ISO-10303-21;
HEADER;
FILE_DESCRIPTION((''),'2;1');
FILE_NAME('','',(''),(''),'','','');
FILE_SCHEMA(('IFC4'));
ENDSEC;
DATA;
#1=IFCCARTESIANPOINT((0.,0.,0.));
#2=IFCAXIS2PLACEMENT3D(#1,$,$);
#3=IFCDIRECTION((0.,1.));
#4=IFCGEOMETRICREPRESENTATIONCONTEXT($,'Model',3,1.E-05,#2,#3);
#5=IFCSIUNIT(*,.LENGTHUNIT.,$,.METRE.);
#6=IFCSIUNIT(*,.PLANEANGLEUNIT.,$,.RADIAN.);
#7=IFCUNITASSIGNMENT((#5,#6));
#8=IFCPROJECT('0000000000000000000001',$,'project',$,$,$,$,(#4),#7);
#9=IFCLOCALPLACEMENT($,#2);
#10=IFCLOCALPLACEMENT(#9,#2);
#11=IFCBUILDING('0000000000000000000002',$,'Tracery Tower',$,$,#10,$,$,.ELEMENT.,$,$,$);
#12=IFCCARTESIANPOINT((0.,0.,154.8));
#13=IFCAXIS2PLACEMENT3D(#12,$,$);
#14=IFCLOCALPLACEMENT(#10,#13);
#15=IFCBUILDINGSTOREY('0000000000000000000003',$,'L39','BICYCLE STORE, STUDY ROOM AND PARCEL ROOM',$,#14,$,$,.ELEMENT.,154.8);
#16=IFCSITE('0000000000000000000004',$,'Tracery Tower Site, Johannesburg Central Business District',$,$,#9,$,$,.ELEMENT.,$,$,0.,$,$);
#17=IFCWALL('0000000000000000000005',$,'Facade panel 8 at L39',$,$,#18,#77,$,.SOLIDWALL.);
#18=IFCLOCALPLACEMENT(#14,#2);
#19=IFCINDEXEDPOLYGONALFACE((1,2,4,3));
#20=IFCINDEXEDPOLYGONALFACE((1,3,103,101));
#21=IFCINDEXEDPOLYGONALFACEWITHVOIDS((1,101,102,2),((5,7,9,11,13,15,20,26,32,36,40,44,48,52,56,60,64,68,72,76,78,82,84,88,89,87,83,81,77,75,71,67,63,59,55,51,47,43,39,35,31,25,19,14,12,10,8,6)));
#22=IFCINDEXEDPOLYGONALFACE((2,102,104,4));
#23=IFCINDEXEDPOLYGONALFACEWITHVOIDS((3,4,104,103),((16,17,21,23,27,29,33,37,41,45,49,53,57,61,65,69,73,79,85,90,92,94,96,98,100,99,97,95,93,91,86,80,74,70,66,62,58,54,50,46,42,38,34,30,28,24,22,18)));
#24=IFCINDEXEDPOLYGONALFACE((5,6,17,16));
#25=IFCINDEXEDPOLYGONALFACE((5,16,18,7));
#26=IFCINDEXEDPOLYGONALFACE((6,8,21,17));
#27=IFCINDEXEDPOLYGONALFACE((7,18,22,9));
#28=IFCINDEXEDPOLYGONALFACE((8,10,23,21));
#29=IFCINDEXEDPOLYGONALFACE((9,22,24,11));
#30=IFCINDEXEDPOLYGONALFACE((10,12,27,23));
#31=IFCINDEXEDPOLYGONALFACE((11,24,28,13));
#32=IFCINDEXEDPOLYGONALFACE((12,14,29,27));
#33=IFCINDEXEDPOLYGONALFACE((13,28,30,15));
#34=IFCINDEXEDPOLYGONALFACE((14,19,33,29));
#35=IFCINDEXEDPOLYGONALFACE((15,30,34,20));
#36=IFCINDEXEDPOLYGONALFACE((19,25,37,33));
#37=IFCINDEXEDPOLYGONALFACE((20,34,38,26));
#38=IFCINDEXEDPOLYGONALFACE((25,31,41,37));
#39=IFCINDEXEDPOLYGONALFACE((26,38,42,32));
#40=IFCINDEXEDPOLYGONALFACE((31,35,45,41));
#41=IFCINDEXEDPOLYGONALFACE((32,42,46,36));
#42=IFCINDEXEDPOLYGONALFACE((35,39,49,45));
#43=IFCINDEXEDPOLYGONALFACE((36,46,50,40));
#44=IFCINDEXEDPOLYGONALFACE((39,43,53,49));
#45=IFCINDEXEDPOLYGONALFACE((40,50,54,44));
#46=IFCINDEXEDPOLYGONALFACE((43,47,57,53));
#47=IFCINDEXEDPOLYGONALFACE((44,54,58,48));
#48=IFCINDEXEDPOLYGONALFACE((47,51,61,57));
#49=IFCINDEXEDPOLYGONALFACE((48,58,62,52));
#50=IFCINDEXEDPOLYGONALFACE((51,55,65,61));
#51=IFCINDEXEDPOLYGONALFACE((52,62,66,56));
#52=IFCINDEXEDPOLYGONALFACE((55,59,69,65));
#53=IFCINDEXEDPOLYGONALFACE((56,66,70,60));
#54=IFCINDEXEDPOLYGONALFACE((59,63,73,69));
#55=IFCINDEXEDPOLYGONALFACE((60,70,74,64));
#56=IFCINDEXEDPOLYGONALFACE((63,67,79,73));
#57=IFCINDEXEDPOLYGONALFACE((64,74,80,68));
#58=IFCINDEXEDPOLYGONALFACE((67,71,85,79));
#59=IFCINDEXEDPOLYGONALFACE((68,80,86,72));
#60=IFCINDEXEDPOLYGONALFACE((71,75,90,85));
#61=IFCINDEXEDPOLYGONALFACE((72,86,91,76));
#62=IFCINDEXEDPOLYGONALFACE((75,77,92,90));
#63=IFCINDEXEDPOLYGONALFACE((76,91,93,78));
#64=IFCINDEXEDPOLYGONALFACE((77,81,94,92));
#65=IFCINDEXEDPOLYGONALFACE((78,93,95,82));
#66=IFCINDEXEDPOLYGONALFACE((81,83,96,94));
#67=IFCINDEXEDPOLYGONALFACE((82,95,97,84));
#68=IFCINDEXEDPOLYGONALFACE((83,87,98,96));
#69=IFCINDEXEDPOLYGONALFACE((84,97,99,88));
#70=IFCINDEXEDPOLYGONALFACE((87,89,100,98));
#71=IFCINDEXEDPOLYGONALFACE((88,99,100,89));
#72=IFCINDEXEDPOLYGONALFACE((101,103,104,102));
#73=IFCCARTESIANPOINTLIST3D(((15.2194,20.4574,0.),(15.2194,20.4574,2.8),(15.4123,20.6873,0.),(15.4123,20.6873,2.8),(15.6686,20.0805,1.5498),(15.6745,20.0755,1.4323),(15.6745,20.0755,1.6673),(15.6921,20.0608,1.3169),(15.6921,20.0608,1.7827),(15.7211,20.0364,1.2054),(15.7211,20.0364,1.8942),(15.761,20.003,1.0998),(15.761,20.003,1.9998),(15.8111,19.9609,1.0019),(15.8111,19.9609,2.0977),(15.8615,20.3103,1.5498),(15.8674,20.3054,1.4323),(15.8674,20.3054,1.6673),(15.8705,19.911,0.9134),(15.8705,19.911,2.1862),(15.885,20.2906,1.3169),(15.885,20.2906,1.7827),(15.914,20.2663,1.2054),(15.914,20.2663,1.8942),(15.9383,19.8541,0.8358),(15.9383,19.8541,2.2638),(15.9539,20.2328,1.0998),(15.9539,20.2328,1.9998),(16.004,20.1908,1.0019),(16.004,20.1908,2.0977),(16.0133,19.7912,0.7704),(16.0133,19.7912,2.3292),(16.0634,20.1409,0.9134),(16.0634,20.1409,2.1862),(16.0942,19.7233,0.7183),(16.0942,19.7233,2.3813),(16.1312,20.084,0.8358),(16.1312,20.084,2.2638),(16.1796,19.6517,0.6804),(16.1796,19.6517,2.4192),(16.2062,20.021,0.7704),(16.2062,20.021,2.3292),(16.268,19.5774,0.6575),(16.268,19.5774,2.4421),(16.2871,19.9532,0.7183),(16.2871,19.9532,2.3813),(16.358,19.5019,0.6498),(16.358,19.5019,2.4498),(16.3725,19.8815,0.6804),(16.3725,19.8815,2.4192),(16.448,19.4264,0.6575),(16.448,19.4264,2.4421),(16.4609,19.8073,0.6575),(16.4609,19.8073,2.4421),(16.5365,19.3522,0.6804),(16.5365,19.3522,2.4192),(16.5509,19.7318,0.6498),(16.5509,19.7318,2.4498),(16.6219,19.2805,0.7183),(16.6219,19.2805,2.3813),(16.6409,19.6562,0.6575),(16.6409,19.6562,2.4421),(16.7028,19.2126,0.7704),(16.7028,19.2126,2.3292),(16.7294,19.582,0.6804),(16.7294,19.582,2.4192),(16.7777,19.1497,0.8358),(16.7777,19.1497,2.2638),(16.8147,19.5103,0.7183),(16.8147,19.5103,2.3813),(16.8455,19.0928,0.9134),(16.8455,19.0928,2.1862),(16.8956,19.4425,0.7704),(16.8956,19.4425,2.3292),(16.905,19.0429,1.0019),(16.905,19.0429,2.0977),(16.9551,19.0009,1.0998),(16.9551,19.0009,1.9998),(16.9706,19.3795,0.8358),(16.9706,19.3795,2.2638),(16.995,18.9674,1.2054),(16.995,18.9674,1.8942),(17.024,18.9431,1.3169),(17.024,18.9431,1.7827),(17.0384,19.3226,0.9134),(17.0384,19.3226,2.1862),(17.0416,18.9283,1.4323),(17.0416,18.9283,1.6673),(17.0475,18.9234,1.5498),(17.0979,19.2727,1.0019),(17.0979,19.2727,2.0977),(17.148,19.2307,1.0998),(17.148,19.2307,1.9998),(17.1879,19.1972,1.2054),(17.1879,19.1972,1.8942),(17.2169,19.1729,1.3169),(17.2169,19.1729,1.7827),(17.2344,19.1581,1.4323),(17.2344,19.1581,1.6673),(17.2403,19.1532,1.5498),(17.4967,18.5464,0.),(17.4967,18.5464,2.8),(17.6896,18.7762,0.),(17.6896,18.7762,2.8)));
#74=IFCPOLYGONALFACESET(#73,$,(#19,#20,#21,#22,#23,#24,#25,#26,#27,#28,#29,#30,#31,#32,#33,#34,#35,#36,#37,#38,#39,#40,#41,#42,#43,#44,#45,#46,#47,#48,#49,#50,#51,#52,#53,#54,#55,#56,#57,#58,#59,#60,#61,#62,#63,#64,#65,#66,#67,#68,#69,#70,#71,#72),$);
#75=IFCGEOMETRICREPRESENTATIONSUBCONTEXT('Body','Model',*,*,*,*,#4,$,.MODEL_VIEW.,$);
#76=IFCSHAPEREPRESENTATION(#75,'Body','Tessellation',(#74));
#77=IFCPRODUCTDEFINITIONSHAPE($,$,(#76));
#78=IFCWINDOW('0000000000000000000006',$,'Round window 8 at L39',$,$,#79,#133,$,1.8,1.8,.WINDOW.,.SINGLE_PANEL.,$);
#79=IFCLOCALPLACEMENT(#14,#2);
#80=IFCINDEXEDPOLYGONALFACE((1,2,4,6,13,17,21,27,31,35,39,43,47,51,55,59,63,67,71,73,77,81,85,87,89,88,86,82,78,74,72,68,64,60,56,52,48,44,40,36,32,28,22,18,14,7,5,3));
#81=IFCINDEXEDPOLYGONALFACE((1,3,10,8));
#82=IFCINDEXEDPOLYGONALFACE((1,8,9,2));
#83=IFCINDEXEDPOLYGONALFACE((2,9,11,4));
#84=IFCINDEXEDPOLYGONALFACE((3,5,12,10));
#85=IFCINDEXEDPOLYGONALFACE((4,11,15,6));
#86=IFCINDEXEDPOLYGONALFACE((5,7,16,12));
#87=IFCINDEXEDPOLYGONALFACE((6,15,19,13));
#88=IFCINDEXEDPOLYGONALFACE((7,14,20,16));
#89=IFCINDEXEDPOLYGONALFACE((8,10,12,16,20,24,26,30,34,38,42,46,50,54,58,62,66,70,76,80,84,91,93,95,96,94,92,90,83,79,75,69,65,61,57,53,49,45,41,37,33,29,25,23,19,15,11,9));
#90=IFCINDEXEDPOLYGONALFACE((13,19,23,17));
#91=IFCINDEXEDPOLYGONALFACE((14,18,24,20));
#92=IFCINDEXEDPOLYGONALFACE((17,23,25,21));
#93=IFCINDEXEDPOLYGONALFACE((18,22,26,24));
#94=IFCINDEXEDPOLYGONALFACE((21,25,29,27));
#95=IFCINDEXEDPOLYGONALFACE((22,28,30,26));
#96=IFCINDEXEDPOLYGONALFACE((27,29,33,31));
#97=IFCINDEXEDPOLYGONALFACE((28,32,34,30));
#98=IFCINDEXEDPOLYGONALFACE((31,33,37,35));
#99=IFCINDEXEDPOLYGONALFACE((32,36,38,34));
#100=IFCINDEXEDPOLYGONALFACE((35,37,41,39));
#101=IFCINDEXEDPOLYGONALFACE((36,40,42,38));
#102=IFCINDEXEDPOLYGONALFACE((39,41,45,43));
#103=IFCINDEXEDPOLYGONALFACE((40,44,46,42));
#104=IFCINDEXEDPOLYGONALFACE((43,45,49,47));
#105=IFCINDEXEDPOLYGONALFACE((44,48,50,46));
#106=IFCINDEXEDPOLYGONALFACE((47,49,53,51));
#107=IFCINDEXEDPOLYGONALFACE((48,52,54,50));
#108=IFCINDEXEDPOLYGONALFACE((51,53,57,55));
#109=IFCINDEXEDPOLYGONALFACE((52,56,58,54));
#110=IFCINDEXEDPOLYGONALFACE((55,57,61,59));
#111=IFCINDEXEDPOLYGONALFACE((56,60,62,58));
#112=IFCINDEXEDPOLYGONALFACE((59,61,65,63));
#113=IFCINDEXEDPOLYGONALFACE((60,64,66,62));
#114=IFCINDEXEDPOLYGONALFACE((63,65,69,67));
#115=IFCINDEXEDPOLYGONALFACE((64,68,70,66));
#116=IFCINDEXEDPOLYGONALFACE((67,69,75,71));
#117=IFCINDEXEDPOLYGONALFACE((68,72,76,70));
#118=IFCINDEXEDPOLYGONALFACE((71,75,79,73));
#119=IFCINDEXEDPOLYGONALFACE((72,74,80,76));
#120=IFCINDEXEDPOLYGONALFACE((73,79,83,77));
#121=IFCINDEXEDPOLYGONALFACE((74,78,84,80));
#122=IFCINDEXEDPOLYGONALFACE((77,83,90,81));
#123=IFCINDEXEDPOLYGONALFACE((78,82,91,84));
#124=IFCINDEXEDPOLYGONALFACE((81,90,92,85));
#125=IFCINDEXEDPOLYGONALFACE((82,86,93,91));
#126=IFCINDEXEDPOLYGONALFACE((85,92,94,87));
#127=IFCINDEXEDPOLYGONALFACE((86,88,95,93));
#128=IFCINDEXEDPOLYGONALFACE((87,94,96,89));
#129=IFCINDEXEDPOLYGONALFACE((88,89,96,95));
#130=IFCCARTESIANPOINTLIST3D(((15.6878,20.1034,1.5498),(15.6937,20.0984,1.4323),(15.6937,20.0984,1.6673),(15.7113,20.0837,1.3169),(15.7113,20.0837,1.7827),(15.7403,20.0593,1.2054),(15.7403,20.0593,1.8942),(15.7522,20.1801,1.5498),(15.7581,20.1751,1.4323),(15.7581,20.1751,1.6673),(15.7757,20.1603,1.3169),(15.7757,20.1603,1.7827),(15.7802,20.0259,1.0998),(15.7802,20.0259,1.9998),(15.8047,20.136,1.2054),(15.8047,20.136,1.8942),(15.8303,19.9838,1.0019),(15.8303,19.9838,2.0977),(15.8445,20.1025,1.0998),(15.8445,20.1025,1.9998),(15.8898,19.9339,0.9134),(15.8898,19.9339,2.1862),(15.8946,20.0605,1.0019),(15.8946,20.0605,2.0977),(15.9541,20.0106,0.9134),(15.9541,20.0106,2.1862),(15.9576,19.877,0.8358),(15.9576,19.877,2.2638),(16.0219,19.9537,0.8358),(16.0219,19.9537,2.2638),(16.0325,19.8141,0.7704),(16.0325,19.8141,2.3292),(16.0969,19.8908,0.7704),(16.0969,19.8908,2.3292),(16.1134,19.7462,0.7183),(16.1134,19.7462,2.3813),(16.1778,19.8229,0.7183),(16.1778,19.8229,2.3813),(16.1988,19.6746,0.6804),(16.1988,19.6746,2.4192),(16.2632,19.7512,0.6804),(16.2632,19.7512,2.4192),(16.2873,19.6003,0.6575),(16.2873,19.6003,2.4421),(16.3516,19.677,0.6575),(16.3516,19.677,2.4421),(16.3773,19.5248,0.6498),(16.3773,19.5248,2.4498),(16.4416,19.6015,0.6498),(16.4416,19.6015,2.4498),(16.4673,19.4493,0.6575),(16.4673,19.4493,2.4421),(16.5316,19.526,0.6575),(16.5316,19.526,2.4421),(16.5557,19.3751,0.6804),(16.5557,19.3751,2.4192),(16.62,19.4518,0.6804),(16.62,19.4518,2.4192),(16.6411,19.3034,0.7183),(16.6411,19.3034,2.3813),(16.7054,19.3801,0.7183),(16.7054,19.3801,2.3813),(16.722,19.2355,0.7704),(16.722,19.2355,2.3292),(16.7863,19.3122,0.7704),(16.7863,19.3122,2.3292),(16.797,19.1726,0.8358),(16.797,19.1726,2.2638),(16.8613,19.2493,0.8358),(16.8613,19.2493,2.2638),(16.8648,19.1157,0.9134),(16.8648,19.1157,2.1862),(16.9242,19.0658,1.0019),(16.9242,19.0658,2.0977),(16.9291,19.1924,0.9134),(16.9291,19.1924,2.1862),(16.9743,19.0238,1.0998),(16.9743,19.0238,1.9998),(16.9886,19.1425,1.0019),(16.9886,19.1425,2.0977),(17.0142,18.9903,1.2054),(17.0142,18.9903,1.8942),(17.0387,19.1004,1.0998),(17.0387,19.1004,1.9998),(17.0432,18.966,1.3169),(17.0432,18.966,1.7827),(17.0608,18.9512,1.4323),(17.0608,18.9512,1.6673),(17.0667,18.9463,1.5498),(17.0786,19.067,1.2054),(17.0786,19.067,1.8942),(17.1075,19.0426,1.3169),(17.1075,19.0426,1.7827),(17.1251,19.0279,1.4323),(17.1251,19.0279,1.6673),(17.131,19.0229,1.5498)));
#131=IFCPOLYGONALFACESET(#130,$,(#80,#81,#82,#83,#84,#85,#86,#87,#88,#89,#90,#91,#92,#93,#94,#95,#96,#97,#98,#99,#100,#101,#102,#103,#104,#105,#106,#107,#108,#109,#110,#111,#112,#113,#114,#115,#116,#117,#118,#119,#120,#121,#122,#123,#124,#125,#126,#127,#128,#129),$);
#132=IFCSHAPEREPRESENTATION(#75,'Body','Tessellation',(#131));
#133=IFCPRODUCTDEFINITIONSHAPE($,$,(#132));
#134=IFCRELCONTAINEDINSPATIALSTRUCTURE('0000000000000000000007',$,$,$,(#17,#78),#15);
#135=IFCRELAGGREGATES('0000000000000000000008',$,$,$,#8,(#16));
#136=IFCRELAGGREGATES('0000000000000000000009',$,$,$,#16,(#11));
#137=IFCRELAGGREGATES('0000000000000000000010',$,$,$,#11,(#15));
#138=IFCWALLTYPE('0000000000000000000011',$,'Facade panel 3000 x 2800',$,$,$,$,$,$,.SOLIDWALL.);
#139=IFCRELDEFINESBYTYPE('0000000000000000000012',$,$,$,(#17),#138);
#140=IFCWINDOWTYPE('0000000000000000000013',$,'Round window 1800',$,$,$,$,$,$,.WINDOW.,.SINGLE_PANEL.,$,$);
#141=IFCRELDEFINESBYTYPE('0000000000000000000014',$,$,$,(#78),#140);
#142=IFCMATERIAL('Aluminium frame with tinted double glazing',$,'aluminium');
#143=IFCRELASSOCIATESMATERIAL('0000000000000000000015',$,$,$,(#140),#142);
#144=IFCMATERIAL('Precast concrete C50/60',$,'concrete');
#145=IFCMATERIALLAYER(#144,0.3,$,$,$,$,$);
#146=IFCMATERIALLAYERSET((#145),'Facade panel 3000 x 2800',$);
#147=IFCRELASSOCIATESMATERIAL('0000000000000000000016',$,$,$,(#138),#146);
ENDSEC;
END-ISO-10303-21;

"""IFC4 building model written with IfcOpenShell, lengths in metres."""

from ifc_helpers import new_model, si_unit, direction, frame, frame_2d, origin, origin_2d, place, context, subcontext, project, spatial, rectangle, circle, extrude, material, layer, layer_set, type_object, element, fill, save


model = new_model("IFC4")

# Units and contexts
model_context = context("Model", 3, precision=1e-05, world=origin(), true_north=direction((0.0, 1.0)))
body_context = subcontext(model_context, "Body", "Model", "MODEL_VIEW")
ifc_project = project(units=[si_unit("LENGTHUNIT", "METRE"), si_unit("PLANEANGLEUNIT", "RADIAN")], contexts=[model_context])

# Site, building, storey
site_placement = place(None, origin())
site = spatial("IfcSite", under=ifc_project, at=site_placement, Name="Tracery Tower Site, Johannesburg Central Business District", CompositionType="ELEMENT", RefElevation=0.0)
building_placement = place(site_placement, origin())
building = spatial("IfcBuilding", under=site, at=building_placement, Name="Tracery Tower", CompositionType="ELEMENT")
storey_placement = place(building_placement, frame((0.0, 0.0, 154.8)))
storey = spatial("IfcBuildingStorey", under=building, at=storey_placement, Name="L39", Description="BICYCLE STORE, STUDY ROOM AND PARCEL ROOM", CompositionType="ELEMENT", Elevation=154.8)

# Wall, opening, window
ifc_material_1 = material(Name="Aluminium frame with tinted double glazing", Category="aluminium")
window_type = type_object("IfcWindowType", Name="Round window 1800", PartitioningType="SINGLE_PANEL", PredefinedType="WINDOW", material=ifc_material_1)
ifc_material_2 = material(Name="Precast concrete C50/60", Category="concrete")
ifc_layer_1 = layer(ifc_material_2, 0.3)
ifc_layer_set_1 = layer_set([ifc_layer_1], Name="Facade panel 3000 x 2800")
wall_type_1 = type_object("IfcWallType", Name="Facade panel 3000 x 2800", PredefinedType="SOLIDWALL", material=ifc_layer_set_1)
wall_1_placement = place(storey_placement, frame((17.593, 18.6614, 0.0), z_axis=(0.0, 0.0, 1.0), x_axis=(-0.766009, 0.64283, 0.0)))
wall_1 = element("IfcWall", 1, at=wall_1_placement, inside=storey, type_object=wall_type_1, Name="Facade panel 8 at L39", PredefinedType="SOLIDWALL", context=body_context, shape_type="SweptSolid", body=[
    extrude(rectangle(XDim=2.9729, YDim=0.3, at=frame_2d((1.4863, 0.0))), origin(), (0.0, 0.0, 1.0), 2.8),
])
opening_1_placement = place(wall_1_placement, frame((1.4863, 0.0, 1.5498)))
opening_1 = element("IfcOpeningElement", 2, at=opening_1_placement, cuts=wall_1, PredefinedType="OPENING", context=body_context, shape_type="SweptSolid", body=[
    extrude(circle(Radius=0.9, at=origin_2d()), frame((0.0, 0.1599, 0.0), z_axis=(0.0, -1.0, 0.0), x_axis=(1.0, 0.0, 0.0)), (0.0, 0.0, 1.0), 0.3201),
])
window_1_placement = place(opening_1_placement, origin())
window_1 = element("IfcWindow", 3, at=window_1_placement, inside=storey, type_object=window_type, Name="Round window 8 at L39", OverallHeight=1.8, OverallWidth=1.8, PartitioningType="SINGLE_PANEL", PredefinedType="WINDOW", context=body_context, shape_type="SweptSolid", body=[
    extrude(circle(Radius=0.9, at=origin_2d()), frame((0.0, 0.1201, 0.0), z_axis=(0.0, -1.0, 0.0), x_axis=(1.0, 0.0, 0.0)), (0.0, 0.0, 1.0), 0.1001),
])
fill(opening_1, window_1)

save(model, "model.ifc")
